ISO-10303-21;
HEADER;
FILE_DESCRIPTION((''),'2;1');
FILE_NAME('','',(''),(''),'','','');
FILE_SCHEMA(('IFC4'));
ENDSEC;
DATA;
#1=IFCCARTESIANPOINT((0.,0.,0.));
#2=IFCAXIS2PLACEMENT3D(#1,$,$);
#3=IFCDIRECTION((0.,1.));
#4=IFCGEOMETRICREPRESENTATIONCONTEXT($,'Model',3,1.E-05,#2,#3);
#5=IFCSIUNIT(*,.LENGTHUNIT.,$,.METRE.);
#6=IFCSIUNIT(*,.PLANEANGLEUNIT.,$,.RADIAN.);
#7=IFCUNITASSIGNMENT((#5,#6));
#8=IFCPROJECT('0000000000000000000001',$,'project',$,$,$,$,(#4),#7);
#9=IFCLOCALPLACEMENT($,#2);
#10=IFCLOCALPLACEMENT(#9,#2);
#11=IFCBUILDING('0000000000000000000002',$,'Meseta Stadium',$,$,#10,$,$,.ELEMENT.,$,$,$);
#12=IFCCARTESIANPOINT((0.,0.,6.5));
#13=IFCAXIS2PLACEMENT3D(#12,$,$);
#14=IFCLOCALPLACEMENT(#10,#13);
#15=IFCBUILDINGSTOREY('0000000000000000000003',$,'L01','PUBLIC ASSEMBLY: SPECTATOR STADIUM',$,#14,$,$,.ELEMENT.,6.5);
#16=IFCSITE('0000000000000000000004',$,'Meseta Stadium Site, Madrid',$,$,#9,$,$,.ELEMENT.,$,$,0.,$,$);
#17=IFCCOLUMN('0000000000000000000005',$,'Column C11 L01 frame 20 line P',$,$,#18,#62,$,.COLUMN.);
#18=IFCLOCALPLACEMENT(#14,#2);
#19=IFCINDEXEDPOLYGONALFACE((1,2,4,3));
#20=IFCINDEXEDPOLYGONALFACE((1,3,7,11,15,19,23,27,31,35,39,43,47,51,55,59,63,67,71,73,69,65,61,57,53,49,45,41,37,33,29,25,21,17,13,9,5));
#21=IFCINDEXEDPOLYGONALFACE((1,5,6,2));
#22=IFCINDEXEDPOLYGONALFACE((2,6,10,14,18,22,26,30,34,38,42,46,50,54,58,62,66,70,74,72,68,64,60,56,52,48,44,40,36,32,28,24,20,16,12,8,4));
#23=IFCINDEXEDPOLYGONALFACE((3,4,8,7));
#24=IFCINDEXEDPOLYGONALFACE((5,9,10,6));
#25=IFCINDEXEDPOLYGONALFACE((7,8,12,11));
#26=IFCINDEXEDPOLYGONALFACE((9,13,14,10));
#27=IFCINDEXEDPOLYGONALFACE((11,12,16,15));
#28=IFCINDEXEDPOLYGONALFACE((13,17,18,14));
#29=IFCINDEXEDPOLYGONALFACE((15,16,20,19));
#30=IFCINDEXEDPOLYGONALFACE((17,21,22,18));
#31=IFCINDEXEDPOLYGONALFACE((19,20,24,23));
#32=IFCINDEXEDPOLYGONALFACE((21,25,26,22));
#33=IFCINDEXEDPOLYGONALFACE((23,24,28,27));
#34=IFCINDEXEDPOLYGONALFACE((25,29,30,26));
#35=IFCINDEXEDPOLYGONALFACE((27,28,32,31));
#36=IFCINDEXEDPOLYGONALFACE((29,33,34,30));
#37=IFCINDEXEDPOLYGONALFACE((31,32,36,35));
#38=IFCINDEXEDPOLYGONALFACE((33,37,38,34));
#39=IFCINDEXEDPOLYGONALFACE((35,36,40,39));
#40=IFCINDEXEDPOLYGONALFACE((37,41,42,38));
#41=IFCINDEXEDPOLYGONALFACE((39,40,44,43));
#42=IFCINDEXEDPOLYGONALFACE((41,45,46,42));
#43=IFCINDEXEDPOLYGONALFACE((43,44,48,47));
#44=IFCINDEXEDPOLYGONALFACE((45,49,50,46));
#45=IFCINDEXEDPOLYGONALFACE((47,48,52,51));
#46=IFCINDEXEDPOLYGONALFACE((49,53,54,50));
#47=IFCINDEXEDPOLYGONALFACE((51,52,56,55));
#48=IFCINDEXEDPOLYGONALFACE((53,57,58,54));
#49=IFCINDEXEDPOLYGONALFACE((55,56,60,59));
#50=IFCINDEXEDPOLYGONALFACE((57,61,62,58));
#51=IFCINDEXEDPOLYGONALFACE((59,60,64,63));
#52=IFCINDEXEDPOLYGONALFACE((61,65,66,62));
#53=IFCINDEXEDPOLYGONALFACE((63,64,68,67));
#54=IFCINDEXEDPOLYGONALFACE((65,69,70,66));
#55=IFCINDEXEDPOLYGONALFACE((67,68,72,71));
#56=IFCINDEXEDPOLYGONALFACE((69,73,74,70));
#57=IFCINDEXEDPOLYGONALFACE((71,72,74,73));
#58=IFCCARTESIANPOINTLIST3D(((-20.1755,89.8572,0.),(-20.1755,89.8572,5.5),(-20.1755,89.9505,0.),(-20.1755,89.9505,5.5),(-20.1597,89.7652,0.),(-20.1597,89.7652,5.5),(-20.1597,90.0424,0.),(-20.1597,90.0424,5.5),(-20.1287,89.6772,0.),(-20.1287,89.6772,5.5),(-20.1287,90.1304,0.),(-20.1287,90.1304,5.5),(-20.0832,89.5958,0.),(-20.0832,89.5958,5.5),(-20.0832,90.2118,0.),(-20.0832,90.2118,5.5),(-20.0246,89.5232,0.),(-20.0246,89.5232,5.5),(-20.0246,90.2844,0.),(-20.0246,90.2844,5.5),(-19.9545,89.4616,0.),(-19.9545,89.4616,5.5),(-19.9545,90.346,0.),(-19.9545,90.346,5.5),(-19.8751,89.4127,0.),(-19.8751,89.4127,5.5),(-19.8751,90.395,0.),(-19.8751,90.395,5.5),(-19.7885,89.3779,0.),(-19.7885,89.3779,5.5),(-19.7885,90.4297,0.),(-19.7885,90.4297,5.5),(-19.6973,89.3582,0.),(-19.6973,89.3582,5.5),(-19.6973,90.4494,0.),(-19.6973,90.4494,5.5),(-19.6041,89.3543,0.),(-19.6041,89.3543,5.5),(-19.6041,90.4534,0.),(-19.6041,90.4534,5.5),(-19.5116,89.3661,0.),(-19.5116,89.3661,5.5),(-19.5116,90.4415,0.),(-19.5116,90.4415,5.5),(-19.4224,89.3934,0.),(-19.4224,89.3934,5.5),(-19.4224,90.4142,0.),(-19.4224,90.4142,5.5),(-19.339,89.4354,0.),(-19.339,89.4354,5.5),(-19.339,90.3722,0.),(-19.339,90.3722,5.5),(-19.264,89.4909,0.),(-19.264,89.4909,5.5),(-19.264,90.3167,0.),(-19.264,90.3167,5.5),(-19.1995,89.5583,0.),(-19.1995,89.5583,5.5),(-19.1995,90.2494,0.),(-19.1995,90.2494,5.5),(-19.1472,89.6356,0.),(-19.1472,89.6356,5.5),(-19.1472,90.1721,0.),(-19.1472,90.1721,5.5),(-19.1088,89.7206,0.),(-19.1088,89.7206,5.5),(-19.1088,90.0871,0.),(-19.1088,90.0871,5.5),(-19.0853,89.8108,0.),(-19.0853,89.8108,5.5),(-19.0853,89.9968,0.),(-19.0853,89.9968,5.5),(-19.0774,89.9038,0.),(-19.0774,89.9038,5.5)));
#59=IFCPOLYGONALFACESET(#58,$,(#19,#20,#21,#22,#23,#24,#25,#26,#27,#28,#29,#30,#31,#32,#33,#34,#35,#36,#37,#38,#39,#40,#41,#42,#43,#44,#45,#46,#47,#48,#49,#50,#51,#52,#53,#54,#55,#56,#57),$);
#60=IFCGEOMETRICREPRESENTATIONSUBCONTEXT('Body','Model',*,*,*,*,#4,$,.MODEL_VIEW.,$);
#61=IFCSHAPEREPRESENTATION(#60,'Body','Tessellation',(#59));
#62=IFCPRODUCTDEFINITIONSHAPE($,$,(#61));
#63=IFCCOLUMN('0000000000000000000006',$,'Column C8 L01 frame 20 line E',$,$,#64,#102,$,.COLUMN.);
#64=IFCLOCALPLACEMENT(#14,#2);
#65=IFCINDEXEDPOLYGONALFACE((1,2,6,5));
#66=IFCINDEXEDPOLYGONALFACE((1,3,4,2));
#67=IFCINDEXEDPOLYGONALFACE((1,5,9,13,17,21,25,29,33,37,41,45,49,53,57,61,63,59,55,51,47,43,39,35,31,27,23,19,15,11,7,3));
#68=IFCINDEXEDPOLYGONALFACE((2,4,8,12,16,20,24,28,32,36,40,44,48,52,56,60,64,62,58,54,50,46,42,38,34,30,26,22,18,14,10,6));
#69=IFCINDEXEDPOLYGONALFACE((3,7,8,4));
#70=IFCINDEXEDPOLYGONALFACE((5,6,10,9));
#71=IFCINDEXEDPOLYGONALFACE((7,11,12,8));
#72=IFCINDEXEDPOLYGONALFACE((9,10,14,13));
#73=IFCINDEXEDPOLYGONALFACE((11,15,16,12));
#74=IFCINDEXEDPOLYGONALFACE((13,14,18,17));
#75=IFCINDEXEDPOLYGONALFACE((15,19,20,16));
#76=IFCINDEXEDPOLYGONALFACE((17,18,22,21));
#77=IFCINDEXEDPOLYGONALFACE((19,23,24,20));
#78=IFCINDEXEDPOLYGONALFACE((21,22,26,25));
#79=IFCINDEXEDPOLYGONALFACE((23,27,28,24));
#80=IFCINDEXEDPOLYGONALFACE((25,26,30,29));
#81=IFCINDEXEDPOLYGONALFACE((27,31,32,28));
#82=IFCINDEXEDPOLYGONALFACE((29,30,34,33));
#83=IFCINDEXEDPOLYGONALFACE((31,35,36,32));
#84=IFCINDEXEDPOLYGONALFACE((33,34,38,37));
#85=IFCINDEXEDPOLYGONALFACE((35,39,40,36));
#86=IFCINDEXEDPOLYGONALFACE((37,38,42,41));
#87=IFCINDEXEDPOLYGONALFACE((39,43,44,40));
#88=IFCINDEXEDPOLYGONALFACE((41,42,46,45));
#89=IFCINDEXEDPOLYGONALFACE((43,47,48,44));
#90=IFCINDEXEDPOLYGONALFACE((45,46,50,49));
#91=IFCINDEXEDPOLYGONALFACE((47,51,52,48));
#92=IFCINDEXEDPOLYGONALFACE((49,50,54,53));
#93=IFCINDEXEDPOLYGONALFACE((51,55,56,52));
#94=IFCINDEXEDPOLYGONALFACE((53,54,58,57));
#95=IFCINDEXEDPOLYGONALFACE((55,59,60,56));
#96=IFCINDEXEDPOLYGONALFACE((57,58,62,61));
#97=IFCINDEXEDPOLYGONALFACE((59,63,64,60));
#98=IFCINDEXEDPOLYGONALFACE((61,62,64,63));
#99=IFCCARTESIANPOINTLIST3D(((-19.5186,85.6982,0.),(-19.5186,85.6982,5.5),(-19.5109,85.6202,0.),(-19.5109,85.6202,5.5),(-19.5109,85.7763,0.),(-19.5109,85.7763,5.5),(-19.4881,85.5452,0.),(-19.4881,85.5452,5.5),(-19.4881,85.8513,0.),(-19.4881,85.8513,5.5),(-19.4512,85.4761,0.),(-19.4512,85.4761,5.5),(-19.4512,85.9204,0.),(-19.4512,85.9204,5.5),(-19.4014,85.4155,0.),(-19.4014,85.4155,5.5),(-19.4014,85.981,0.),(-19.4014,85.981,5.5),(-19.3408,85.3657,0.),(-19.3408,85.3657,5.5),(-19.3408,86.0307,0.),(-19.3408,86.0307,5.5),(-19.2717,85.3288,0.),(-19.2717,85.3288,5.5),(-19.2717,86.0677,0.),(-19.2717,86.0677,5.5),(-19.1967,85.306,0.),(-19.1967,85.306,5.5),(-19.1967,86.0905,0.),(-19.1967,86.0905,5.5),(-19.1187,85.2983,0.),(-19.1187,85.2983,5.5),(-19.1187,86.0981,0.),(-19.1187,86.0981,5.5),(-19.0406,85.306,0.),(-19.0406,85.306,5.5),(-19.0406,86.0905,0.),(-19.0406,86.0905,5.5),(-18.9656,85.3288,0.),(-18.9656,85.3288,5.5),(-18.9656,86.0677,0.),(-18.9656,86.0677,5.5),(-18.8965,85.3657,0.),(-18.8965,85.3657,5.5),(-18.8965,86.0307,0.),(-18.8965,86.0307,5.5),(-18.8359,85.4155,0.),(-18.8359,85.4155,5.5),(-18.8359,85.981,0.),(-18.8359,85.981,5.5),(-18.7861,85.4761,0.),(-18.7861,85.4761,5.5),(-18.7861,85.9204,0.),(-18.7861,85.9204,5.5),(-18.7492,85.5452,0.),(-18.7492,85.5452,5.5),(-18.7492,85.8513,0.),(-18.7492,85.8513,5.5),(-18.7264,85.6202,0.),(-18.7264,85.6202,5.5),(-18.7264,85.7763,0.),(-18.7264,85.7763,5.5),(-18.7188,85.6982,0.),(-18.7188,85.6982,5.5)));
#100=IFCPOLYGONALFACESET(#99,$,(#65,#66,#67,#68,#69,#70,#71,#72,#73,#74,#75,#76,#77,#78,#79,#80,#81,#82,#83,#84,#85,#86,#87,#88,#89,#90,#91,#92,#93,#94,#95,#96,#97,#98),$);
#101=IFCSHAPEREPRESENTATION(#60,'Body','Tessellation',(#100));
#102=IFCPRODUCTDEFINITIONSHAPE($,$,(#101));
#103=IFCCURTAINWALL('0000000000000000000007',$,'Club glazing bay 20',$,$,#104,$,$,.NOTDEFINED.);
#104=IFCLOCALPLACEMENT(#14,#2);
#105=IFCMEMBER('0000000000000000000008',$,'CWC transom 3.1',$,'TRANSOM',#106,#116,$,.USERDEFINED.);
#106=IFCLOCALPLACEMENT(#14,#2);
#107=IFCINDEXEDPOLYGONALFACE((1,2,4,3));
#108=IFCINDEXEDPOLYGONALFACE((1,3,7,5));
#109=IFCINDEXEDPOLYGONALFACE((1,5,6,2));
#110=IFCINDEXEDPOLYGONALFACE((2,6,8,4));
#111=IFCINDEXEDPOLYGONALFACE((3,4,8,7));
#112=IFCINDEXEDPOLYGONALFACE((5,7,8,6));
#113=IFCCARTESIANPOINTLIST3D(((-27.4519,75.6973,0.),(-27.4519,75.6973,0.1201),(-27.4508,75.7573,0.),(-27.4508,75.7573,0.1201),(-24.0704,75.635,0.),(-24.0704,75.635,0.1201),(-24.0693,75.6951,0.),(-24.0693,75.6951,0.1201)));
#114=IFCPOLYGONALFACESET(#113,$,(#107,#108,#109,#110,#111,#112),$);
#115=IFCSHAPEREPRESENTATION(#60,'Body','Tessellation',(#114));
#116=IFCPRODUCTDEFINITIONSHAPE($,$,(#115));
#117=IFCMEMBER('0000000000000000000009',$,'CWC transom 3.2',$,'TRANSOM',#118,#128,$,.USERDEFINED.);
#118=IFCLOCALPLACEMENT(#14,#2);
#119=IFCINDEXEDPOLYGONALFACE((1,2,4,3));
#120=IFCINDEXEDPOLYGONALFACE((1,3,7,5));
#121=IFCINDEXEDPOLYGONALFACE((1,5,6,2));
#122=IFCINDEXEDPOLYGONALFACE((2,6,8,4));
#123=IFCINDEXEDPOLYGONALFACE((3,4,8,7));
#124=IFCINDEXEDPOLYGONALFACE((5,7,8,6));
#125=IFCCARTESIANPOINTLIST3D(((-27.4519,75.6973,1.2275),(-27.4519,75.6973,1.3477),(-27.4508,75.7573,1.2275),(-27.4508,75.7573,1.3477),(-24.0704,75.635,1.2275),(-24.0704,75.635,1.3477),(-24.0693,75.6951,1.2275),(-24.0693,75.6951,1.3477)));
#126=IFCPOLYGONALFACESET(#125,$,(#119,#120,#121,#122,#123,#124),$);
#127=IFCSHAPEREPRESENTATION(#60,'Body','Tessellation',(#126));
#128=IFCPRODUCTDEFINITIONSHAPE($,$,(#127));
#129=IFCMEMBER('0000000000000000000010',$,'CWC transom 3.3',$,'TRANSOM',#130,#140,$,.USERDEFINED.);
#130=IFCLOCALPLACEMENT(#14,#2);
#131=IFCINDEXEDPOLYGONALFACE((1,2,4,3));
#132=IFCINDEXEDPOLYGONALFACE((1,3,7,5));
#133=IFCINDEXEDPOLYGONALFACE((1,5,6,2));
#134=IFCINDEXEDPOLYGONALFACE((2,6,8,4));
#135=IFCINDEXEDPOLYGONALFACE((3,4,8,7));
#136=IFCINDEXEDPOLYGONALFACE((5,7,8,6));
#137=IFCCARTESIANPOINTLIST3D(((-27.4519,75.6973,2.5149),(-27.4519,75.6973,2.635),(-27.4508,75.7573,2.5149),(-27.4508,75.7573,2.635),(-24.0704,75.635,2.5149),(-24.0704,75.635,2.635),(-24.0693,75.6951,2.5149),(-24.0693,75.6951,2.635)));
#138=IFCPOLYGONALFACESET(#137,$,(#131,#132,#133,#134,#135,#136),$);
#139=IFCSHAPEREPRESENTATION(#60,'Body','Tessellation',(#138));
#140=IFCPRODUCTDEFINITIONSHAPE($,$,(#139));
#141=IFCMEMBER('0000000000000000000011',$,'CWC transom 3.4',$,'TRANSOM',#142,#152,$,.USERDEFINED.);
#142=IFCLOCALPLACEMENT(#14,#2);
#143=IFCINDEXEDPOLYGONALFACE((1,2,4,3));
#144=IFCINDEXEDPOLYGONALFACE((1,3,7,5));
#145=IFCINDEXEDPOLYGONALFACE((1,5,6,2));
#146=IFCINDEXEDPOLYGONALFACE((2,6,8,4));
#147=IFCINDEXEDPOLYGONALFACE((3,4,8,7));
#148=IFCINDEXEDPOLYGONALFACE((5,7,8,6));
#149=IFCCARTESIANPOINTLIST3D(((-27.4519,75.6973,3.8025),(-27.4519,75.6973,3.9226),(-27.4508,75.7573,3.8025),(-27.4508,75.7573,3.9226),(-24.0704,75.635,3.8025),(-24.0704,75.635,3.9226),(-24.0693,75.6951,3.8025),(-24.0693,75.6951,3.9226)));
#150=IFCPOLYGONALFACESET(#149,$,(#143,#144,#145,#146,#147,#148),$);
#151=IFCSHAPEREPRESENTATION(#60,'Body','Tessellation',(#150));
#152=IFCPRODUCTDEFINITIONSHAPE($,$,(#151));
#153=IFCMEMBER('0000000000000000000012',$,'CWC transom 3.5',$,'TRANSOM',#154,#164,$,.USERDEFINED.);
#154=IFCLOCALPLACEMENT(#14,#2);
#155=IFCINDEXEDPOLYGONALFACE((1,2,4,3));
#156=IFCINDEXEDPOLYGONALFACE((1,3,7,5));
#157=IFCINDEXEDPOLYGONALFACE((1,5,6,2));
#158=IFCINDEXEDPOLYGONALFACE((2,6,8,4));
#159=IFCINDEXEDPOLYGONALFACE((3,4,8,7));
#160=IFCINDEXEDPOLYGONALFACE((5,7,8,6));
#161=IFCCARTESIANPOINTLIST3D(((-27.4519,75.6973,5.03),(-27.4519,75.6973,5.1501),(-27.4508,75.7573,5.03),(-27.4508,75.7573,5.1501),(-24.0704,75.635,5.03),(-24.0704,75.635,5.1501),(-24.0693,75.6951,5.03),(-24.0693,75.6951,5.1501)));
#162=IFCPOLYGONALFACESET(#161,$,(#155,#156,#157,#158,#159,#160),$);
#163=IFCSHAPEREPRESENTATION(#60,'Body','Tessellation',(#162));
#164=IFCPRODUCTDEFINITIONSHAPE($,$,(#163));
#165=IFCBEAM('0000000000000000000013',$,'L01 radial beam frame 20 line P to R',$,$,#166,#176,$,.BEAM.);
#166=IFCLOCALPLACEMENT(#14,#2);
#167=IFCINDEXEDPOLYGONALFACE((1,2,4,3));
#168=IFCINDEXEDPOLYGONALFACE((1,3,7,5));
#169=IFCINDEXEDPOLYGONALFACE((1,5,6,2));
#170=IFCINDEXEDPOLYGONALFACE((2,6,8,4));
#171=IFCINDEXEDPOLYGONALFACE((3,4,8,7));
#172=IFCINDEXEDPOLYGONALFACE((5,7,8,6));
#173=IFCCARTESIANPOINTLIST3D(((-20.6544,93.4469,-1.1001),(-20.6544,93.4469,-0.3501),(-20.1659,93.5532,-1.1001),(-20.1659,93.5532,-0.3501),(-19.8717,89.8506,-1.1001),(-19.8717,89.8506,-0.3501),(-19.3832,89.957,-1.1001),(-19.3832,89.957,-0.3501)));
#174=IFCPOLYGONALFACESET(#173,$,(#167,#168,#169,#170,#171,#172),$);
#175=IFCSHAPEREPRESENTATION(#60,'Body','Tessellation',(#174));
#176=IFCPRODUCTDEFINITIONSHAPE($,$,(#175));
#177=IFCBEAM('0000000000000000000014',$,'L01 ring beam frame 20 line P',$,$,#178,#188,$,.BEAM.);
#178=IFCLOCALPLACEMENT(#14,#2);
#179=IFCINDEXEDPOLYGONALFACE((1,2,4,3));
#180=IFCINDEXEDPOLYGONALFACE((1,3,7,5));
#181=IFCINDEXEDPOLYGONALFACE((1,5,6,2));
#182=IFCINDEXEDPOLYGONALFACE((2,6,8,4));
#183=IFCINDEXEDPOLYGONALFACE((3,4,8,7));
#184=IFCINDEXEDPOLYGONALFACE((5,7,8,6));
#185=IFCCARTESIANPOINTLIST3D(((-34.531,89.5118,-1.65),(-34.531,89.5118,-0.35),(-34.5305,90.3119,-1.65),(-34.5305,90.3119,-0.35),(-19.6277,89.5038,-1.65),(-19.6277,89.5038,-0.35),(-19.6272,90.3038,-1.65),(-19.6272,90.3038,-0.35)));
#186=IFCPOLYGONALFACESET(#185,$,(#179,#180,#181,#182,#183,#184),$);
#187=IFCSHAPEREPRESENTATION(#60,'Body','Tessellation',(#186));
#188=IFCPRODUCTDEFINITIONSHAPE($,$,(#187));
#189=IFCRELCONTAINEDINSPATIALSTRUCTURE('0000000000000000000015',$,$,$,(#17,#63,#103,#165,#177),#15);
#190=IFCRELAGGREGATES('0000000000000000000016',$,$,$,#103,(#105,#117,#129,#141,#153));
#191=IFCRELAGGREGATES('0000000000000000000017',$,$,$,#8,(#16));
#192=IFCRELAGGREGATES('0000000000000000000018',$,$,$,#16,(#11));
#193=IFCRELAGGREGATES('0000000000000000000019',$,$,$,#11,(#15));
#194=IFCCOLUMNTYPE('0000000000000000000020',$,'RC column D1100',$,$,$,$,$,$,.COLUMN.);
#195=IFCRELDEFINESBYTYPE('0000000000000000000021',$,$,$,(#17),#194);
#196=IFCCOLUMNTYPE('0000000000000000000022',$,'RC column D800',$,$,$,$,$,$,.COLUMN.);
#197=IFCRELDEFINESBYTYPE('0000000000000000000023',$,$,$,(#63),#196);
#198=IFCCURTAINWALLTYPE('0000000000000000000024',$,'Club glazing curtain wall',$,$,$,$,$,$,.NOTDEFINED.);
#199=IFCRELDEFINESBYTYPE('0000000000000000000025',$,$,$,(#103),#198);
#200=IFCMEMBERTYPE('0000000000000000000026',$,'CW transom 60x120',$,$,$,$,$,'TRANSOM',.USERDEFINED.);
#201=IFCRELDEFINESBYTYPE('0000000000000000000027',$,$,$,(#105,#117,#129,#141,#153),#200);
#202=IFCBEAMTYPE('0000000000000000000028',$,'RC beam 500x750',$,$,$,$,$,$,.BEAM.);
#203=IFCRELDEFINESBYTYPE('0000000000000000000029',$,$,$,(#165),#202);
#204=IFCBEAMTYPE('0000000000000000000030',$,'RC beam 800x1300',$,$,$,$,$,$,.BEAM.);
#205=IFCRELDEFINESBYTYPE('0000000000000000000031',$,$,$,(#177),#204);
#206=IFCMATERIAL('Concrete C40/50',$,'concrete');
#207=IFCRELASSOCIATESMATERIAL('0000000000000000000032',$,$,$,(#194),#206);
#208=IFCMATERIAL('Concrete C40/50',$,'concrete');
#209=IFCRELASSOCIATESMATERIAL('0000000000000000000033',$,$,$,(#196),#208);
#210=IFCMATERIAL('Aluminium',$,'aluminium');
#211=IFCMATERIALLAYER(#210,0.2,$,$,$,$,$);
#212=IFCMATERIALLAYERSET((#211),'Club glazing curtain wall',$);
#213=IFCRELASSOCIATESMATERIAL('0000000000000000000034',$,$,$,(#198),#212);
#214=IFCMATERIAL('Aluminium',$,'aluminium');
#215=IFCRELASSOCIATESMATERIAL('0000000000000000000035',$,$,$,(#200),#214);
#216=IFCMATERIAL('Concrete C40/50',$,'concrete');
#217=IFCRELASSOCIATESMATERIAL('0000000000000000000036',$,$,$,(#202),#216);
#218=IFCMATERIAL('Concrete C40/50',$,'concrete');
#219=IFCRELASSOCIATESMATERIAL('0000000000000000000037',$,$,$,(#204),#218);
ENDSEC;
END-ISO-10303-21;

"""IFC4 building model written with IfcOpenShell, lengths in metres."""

from ifc_helpers import new_model, si_unit, direction, frame, origin, origin_2d, place, context, subcontext, project, spatial, rectangle, circle, extrude, material, layer, layer_set, material_profile, profile_set, type_object, element, aggregate, save


model = new_model("IFC4")

# Units and contexts
model_context = context("Model", 3, precision=1e-05, world=origin(), true_north=direction((0.0, 1.0)))
body_context = subcontext(model_context, "Body", "Model", "MODEL_VIEW")
ifc_project = project(units=[si_unit("LENGTHUNIT", "METRE"), si_unit("PLANEANGLEUNIT", "RADIAN")], contexts=[model_context])

# Site, building, storey
site_placement = place(None, origin())
site = spatial("IfcSite", under=ifc_project, at=site_placement, Name="Meseta Stadium Site, Madrid", CompositionType="ELEMENT", RefElevation=0.0)
building_placement = place(site_placement, origin())
building = spatial("IfcBuilding", under=site, at=building_placement, Name="Meseta Stadium", CompositionType="ELEMENT")
storey_placement = place(building_placement, frame((0.0, 0.0, 6.5)))
storey = spatial("IfcBuildingStorey", under=building, at=storey_placement, Name="L01", Description="PUBLIC ASSEMBLY: SPECTATOR STADIUM", CompositionType="ELEMENT", Elevation=6.5)

# Columns
ifc_material_1 = material(Name="Concrete C40/50", Category="concrete")
ifc_material_profile_1 = material_profile(ifc_material_1, circle(Radius=0.55, at=origin_2d()), Name="RC D1100")
ifc_profile_set_1 = profile_set([ifc_material_profile_1], Name="Concrete C40/50")
column_type_1 = type_object("IfcColumnType", Name="RC column D1100", PredefinedType="COLUMN", material=ifc_profile_set_1)
column_1_placement = place(storey_placement, frame((-19.6274, 89.9038, 0.0), z_axis=(0.0, 0.0, 1.0), x_axis=(1.0, 0.0, 0.0)))
element("IfcColumn", 1, at=column_1_placement, inside=storey, type_object=column_type_1, Name="Column C11 L01 frame 20 line P", PredefinedType="COLUMN", context=body_context, shape_type="SweptSolid", body=[
    extrude(circle(Radius=0.55, at=origin_2d()), origin(), (0.0, 0.0, 1.0), 5.5),
])
ifc_material_2 = material(Name="Concrete C40/50", Category="concrete")
ifc_material_profile_2 = material_profile(ifc_material_2, circle(Radius=0.3999, at=origin_2d()), Name="RC D800")
ifc_profile_set_2 = profile_set([ifc_material_profile_2], Name="Concrete C40/50")
column_type_2 = type_object("IfcColumnType", Name="RC column D800", PredefinedType="COLUMN", material=ifc_profile_set_2)
column_2_placement = place(storey_placement, frame((-19.1187, 85.6982, 0.0), z_axis=(0.0, 0.0, 1.0), x_axis=(1.0, 0.0, 0.0)))
element("IfcColumn", 2, at=column_2_placement, inside=storey, type_object=column_type_2, Name="Column C8 L01 frame 20 line E", PredefinedType="COLUMN", context=body_context, shape_type="SweptSolid", body=[
    extrude(circle(Radius=0.3999, at=origin_2d()), origin(), (0.0, 0.0, 1.0), 5.5),
])

# Curtain wall, members
ifc_material_3 = material(Name="Aluminium", Category="aluminium")
ifc_layer_1 = layer(ifc_material_3, 0.2)
ifc_layer_set_1 = layer_set([ifc_layer_1], Name="Club glazing curtain wall")
curtain_wall_type = type_object("IfcCurtainWallType", Name="Club glazing curtain wall", PredefinedType="NOTDEFINED", material=ifc_layer_set_1)
curtain_wall_placement = place(storey_placement, origin())
curtain_wall = element("IfcCurtainWall", 3, at=curtain_wall_placement, inside=storey, type_object=curtain_wall_type, Name="Club glazing bay 20", PredefinedType="NOTDEFINED")
ifc_material_4 = material(Name="Aluminium", Category="aluminium")
ifc_material_profile_3 = material_profile(ifc_material_4, rectangle(XDim=0.0601, YDim=0.1201, at=origin_2d()), Name="CW 60x120")
ifc_profile_set_3 = profile_set([ifc_material_profile_3], Name="Aluminium")
member_type = type_object("IfcMemberType", Name="CW transom 60x120", ElementType="TRANSOM", PredefinedType="USERDEFINED", material=ifc_profile_set_3)
member_1_placement = place(storey_placement, frame((-24.0698, 75.665, 0.0601), z_axis=(-0.999831, 0.018407, 0.0), x_axis=(-0.018407, -0.999831, 0.0)))
member_1 = element("IfcMember", 4, at=member_1_placement, type_object=member_type, Name="CWC transom 3.1", ObjectType="TRANSOM", PredefinedType="USERDEFINED", context=body_context, shape_type="SweptSolid", body=[
    extrude(rectangle(XDim=0.0601, YDim=0.1201, at=origin_2d()), origin(), (0.0, 0.0, 1.0), 3.3821),
])
member_2_placement = place(storey_placement, frame((-24.0698, 75.665, 1.2876), z_axis=(-0.999831, 0.018407, 0.0), x_axis=(-0.018407, -0.999831, 0.0)))
member_2 = element("IfcMember", 5, at=member_2_placement, type_object=member_type, Name="CWC transom 3.2", ObjectType="TRANSOM", PredefinedType="USERDEFINED", context=body_context, shape_type="SweptSolid", body=[
    extrude(rectangle(XDim=0.0601, YDim=0.1201, at=origin_2d()), origin(), (0.0, 0.0, 1.0), 3.3821),
])
member_3_placement = place(storey_placement, frame((-24.0698, 75.665, 2.575), z_axis=(-0.999831, 0.018407, 0.0), x_axis=(-0.018407, -0.999831, 0.0)))
member_3 = element("IfcMember", 6, at=member_3_placement, type_object=member_type, Name="CWC transom 3.3", ObjectType="TRANSOM", PredefinedType="USERDEFINED", context=body_context, shape_type="SweptSolid", body=[
    extrude(rectangle(XDim=0.0601, YDim=0.1201, at=origin_2d()), origin(), (0.0, 0.0, 1.0), 3.3821),
])
member_4_placement = place(storey_placement, frame((-24.0698, 75.665, 3.8625), z_axis=(-0.999831, 0.018407, 0.0), x_axis=(-0.018407, -0.999831, 0.0)))
member_4 = element("IfcMember", 7, at=member_4_placement, type_object=member_type, Name="CWC transom 3.4", ObjectType="TRANSOM", PredefinedType="USERDEFINED", context=body_context, shape_type="SweptSolid", body=[
    extrude(rectangle(XDim=0.0601, YDim=0.1201, at=origin_2d()), origin(), (0.0, 0.0, 1.0), 3.3821),
])
member_5_placement = place(storey_placement, frame((-24.0698, 75.665, 5.0901), z_axis=(-0.999831, 0.018407, 0.0), x_axis=(-0.018407, -0.999831, 0.0)))
member_5 = element("IfcMember", 8, at=member_5_placement, type_object=member_type, Name="CWC transom 3.5", ObjectType="TRANSOM", PredefinedType="USERDEFINED", context=body_context, shape_type="SweptSolid", body=[
    extrude(rectangle(XDim=0.0601, YDim=0.1201, at=origin_2d()), origin(), (0.0, 0.0, 1.0), 3.3821),
])

# Beams
ifc_material_5 = material(Name="Concrete C40/50", Category="concrete")
ifc_material_profile_4 = material_profile(ifc_material_5, rectangle(XDim=0.5, YDim=0.75, at=origin_2d()), Name="RC 500x750")
ifc_profile_set_4 = profile_set([ifc_material_profile_4], Name="Concrete C40/50")
beam_type_1 = type_object("IfcBeamType", Name="RC beam 500x750", PredefinedType="BEAM", material=ifc_profile_set_4)
beam_1_placement = place(storey_placement, frame((-19.6274, 89.9038, -0.7251), z_axis=(-0.212672, 0.977124, 0.0), x_axis=(-0.977124, -0.212672, 0.0)))
element("IfcBeam", 9, at=beam_1_placement, inside=storey, type_object=beam_type_1, Name="L01 radial beam frame 20 line P to R", PredefinedType="BEAM", context=body_context, shape_type="SweptSolid", body=[
    extrude(rectangle(XDim=0.5, YDim=0.75, at=origin_2d()), origin(), (0.0, 0.0, 1.0), 3.6804),
])
ifc_material_6 = material(Name="Concrete C40/50", Category="concrete")
ifc_material_profile_5 = material_profile(ifc_material_6, rectangle(XDim=0.8, YDim=1.3, at=origin_2d()), Name="RC 800x1300")
ifc_profile_set_5 = profile_set([ifc_material_profile_5], Name="Concrete C40/50")
beam_type_2 = type_object("IfcBeamType", Name="RC beam 800x1300", PredefinedType="BEAM", material=ifc_profile_set_5)
beam_2_placement = place(storey_placement, frame((-19.6274, 89.9038, -1.0), z_axis=(-1.0, 0.000541, 0.0), x_axis=(-0.000541, -1.0, 0.0)))
element("IfcBeam", 10, at=beam_2_placement, inside=storey, type_object=beam_type_2, Name="L01 ring beam frame 20 line P", PredefinedType="BEAM", context=body_context, shape_type="SweptSolid", body=[
    extrude(rectangle(XDim=0.8, YDim=1.3, at=origin_2d()), origin(), (0.0, 0.0, 1.0), 14.9033),
])

aggregate(curtain_wall, [member_1, member_2, member_3, member_4, member_5])

save(model, "model.ifc")
